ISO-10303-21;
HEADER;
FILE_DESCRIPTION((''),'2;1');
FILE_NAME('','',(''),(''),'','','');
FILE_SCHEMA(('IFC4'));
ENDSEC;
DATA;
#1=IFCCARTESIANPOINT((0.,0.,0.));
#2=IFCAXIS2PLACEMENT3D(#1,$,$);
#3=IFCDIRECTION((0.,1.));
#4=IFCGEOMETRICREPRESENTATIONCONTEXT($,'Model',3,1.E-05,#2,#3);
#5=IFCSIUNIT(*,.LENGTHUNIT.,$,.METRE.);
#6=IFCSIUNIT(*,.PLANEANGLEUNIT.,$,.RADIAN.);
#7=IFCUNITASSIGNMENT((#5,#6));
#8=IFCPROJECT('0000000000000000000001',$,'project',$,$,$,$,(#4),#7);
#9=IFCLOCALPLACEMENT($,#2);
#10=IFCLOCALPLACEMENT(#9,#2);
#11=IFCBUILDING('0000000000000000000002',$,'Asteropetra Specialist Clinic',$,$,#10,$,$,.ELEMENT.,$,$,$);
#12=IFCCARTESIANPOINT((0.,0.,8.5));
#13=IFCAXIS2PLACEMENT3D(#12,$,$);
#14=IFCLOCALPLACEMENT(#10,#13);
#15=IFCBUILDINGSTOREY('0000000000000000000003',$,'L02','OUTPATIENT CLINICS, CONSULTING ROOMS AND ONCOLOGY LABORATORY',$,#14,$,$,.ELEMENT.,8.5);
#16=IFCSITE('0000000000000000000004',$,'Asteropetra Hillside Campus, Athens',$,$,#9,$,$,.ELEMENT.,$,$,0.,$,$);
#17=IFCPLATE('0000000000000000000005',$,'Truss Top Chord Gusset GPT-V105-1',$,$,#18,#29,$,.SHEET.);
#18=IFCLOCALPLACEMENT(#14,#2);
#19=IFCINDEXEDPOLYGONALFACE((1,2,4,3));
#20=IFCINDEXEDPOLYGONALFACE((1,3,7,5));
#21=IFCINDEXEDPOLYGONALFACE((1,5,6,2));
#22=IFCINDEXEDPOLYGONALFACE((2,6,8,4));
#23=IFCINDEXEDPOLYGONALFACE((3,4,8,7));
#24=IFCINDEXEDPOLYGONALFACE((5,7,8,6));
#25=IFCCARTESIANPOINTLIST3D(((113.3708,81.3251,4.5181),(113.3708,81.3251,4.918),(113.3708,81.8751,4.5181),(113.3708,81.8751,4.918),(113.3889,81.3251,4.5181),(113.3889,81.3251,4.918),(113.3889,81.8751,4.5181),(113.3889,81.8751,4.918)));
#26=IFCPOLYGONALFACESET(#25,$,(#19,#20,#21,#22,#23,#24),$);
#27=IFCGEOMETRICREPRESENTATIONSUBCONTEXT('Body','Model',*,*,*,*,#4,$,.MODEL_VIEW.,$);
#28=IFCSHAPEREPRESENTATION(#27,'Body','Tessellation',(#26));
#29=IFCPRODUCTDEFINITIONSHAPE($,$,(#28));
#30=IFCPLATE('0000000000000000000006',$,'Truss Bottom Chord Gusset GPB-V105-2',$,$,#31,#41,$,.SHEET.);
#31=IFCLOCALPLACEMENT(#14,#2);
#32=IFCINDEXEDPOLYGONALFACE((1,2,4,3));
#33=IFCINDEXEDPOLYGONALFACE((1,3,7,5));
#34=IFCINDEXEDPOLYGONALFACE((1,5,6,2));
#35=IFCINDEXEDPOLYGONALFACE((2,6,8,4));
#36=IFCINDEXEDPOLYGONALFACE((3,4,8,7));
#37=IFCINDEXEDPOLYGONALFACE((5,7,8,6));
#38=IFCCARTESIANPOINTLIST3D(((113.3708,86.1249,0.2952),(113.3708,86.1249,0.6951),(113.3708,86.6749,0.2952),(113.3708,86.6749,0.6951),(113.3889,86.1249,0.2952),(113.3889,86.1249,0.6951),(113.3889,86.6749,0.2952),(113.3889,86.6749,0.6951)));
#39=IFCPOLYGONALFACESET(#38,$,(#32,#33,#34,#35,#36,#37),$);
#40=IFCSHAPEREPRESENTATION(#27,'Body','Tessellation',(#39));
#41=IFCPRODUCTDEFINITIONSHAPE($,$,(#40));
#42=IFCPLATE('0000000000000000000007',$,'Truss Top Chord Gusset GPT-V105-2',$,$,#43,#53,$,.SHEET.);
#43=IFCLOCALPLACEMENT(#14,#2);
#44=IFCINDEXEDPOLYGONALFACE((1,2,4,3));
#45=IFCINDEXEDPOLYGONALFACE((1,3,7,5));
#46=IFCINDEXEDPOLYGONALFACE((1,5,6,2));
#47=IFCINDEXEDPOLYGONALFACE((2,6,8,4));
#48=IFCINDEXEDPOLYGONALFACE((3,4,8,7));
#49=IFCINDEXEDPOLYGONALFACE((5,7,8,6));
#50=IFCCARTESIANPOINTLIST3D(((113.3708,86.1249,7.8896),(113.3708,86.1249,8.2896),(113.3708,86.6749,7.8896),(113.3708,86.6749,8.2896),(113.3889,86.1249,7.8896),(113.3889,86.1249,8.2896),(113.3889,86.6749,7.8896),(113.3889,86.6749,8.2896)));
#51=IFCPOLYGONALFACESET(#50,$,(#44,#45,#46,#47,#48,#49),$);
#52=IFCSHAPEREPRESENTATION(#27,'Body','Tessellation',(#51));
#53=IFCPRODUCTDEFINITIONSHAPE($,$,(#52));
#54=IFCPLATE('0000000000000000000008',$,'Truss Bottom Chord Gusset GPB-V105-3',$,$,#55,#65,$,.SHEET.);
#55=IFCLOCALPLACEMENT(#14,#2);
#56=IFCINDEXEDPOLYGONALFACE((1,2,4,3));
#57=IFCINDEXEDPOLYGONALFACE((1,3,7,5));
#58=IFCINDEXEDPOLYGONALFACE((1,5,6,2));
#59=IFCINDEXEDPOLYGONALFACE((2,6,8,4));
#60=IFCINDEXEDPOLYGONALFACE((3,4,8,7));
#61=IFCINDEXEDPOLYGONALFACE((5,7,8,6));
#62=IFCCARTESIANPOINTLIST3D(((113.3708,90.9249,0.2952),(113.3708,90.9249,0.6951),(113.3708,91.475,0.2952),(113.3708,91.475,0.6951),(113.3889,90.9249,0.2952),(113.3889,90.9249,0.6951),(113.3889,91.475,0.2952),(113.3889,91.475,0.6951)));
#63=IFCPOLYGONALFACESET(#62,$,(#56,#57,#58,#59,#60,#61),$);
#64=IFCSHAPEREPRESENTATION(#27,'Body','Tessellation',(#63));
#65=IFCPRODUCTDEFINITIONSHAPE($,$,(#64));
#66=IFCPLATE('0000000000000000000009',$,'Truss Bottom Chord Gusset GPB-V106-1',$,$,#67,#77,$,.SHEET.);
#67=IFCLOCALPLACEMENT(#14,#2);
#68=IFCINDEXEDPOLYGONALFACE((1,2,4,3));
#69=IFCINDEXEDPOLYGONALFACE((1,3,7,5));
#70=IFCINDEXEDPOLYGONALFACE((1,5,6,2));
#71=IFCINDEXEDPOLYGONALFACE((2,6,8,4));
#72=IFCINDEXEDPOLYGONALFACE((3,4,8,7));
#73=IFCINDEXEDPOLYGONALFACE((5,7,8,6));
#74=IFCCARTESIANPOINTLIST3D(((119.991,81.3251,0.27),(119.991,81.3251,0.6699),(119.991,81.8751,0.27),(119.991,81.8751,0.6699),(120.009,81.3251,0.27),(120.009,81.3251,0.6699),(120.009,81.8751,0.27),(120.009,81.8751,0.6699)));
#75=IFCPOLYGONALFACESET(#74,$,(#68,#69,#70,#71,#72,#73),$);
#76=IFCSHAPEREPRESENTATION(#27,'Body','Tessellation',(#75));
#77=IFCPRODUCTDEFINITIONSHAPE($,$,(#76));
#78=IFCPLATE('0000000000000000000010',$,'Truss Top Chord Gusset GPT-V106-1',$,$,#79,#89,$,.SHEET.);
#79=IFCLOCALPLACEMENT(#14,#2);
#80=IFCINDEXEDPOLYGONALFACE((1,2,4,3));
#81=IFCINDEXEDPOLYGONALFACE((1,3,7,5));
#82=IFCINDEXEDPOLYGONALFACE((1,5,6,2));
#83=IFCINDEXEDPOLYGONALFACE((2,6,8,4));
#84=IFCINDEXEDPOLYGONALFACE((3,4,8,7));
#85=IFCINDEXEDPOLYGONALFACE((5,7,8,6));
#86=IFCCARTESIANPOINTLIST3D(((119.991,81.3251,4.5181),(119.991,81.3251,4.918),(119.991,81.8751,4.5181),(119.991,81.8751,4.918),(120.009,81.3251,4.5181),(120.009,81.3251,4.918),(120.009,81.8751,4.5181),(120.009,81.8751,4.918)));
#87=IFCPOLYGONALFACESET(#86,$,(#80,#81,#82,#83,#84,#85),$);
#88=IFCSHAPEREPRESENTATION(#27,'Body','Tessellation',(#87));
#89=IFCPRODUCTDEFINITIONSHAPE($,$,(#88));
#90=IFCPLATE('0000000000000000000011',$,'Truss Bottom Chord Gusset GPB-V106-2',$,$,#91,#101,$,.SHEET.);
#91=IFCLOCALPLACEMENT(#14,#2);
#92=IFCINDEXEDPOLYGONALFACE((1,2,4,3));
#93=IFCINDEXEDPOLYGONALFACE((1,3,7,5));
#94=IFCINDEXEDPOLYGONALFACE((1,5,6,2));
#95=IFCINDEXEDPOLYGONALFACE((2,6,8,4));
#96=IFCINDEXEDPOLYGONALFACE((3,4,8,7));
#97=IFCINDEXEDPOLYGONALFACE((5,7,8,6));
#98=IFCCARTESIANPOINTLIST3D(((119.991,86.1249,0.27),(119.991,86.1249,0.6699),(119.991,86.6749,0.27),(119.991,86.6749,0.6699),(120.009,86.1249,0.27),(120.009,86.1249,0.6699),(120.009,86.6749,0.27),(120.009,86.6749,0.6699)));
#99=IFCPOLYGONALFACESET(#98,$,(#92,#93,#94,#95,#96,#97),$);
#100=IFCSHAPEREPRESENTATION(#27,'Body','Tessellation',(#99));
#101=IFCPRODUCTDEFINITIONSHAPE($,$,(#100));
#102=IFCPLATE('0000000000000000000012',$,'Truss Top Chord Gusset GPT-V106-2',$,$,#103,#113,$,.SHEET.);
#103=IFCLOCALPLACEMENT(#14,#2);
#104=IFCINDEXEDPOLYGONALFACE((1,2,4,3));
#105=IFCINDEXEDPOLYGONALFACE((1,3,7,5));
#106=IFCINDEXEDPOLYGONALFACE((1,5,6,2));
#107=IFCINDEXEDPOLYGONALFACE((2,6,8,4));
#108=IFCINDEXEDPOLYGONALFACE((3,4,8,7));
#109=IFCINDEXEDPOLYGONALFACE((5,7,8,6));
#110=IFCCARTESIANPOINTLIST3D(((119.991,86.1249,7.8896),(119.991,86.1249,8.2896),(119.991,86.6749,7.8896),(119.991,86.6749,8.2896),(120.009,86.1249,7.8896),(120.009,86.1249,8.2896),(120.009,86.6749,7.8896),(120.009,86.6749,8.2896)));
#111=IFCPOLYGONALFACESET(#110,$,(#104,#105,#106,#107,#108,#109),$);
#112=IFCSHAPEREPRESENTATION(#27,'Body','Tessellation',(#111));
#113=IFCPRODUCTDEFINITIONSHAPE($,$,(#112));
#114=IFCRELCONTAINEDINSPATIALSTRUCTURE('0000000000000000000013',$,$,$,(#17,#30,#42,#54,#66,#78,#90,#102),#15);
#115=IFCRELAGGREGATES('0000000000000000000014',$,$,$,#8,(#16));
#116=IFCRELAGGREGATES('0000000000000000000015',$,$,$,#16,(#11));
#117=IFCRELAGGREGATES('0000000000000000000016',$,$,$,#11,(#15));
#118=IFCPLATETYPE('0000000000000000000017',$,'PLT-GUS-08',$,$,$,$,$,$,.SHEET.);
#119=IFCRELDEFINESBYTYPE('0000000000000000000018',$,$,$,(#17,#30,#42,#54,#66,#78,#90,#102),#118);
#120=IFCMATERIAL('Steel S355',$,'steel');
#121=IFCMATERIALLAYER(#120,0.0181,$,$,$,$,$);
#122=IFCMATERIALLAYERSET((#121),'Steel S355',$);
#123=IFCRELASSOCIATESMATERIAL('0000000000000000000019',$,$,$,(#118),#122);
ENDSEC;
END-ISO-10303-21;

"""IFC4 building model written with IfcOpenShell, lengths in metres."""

from ifc_helpers import new_model, si_unit, direction, frame, origin, origin_2d, place, context, subcontext, project, spatial, rectangle, extrude, material, layer, layer_set, type_object, element, save


model = new_model("IFC4")

# Units and contexts
model_context = context("Model", 3, precision=1e-05, world=origin(), true_north=direction((0.0, 1.0)))
body_context = subcontext(model_context, "Body", "Model", "MODEL_VIEW")
ifc_project = project(units=[si_unit("LENGTHUNIT", "METRE"), si_unit("PLANEANGLEUNIT", "RADIAN")], contexts=[model_context])

# Site, building, storey
site_placement = place(None, origin())
site = spatial("IfcSite", under=ifc_project, at=site_placement, Name="Asteropetra Hillside Campus, Athens", CompositionType="ELEMENT", RefElevation=0.0)
building_placement = place(site_placement, origin())
building = spatial("IfcBuilding", under=site, at=building_placement, Name="Asteropetra Specialist Clinic", CompositionType="ELEMENT")
storey_placement = place(building_placement, frame((0.0, 0.0, 8.5)))
storey = spatial("IfcBuildingStorey", under=building, at=storey_placement, Name="L02", Description="OUTPATIENT CLINICS, CONSULTING ROOMS AND ONCOLOGY LABORATORY", CompositionType="ELEMENT", Elevation=8.5)

# Plates
ifc_material_1 = material(Name="Steel S355", Category="steel")
ifc_layer_1 = layer(ifc_material_1, 0.0181)
ifc_layer_set_1 = layer_set([ifc_layer_1], Name="Steel S355")
plate_type_1 = type_object("IfcPlateType", Name="PLT-GUS-08", PredefinedType="SHEET", material=ifc_layer_set_1)
for number, where, z_axis, x_axis, name in (
    (1, (113.3799, 81.6001, 4.5181), (0.0, 0.0, 1.0), (1.0, 0.0, 0.0), "Truss Top Chord Gusset GPT-V105-1"),
    (2, (113.3799, 86.3999, 0.2952), (0.0, 0.0, 1.0), (1.0, 0.0, 0.0), "Truss Bottom Chord Gusset GPB-V105-2"),
    (3, (113.3799, 86.3999, 7.8896), (0.0, 0.0, 1.0), (1.0, 0.0, 0.0), "Truss Top Chord Gusset GPT-V105-2"),
    (4, (113.3799, 91.2, 0.2952), (0.0, 0.0, 1.0), (1.0, 0.0, 0.0), "Truss Bottom Chord Gusset GPB-V105-3"),
    (5, (120.0, 81.6001, 0.27), (0.0, 0.0, 1.0), (1.0, 0.0, 0.0), "Truss Bottom Chord Gusset GPB-V106-1"),
    (6, (120.0, 81.6001, 4.5181), (0.0, 0.0, 1.0), (1.0, 0.0, 0.0), "Truss Top Chord Gusset GPT-V106-1"),
    (7, (120.0, 86.3999, 0.27), (0.0, 0.0, 1.0), (1.0, 0.0, 0.0), "Truss Bottom Chord Gusset GPB-V106-2"),
    (8, (120.0, 86.3999, 7.8896), (0.0, 0.0, 1.0), (1.0, 0.0, 0.0), "Truss Top Chord Gusset GPT-V106-2"),
):
    element("IfcPlate", number, at=place(storey_placement, frame(where, z_axis=z_axis, x_axis=x_axis)), inside=storey, type_object=plate_type_1, Name=name, PredefinedType="SHEET", context=body_context, shape_type="SweptSolid", body=[
        extrude(rectangle(XDim=0.0181, YDim=0.55, at=origin_2d()), origin(), (0.0, 0.0, 1.0), 0.3999),
    ])

save(model, "model.ifc")
